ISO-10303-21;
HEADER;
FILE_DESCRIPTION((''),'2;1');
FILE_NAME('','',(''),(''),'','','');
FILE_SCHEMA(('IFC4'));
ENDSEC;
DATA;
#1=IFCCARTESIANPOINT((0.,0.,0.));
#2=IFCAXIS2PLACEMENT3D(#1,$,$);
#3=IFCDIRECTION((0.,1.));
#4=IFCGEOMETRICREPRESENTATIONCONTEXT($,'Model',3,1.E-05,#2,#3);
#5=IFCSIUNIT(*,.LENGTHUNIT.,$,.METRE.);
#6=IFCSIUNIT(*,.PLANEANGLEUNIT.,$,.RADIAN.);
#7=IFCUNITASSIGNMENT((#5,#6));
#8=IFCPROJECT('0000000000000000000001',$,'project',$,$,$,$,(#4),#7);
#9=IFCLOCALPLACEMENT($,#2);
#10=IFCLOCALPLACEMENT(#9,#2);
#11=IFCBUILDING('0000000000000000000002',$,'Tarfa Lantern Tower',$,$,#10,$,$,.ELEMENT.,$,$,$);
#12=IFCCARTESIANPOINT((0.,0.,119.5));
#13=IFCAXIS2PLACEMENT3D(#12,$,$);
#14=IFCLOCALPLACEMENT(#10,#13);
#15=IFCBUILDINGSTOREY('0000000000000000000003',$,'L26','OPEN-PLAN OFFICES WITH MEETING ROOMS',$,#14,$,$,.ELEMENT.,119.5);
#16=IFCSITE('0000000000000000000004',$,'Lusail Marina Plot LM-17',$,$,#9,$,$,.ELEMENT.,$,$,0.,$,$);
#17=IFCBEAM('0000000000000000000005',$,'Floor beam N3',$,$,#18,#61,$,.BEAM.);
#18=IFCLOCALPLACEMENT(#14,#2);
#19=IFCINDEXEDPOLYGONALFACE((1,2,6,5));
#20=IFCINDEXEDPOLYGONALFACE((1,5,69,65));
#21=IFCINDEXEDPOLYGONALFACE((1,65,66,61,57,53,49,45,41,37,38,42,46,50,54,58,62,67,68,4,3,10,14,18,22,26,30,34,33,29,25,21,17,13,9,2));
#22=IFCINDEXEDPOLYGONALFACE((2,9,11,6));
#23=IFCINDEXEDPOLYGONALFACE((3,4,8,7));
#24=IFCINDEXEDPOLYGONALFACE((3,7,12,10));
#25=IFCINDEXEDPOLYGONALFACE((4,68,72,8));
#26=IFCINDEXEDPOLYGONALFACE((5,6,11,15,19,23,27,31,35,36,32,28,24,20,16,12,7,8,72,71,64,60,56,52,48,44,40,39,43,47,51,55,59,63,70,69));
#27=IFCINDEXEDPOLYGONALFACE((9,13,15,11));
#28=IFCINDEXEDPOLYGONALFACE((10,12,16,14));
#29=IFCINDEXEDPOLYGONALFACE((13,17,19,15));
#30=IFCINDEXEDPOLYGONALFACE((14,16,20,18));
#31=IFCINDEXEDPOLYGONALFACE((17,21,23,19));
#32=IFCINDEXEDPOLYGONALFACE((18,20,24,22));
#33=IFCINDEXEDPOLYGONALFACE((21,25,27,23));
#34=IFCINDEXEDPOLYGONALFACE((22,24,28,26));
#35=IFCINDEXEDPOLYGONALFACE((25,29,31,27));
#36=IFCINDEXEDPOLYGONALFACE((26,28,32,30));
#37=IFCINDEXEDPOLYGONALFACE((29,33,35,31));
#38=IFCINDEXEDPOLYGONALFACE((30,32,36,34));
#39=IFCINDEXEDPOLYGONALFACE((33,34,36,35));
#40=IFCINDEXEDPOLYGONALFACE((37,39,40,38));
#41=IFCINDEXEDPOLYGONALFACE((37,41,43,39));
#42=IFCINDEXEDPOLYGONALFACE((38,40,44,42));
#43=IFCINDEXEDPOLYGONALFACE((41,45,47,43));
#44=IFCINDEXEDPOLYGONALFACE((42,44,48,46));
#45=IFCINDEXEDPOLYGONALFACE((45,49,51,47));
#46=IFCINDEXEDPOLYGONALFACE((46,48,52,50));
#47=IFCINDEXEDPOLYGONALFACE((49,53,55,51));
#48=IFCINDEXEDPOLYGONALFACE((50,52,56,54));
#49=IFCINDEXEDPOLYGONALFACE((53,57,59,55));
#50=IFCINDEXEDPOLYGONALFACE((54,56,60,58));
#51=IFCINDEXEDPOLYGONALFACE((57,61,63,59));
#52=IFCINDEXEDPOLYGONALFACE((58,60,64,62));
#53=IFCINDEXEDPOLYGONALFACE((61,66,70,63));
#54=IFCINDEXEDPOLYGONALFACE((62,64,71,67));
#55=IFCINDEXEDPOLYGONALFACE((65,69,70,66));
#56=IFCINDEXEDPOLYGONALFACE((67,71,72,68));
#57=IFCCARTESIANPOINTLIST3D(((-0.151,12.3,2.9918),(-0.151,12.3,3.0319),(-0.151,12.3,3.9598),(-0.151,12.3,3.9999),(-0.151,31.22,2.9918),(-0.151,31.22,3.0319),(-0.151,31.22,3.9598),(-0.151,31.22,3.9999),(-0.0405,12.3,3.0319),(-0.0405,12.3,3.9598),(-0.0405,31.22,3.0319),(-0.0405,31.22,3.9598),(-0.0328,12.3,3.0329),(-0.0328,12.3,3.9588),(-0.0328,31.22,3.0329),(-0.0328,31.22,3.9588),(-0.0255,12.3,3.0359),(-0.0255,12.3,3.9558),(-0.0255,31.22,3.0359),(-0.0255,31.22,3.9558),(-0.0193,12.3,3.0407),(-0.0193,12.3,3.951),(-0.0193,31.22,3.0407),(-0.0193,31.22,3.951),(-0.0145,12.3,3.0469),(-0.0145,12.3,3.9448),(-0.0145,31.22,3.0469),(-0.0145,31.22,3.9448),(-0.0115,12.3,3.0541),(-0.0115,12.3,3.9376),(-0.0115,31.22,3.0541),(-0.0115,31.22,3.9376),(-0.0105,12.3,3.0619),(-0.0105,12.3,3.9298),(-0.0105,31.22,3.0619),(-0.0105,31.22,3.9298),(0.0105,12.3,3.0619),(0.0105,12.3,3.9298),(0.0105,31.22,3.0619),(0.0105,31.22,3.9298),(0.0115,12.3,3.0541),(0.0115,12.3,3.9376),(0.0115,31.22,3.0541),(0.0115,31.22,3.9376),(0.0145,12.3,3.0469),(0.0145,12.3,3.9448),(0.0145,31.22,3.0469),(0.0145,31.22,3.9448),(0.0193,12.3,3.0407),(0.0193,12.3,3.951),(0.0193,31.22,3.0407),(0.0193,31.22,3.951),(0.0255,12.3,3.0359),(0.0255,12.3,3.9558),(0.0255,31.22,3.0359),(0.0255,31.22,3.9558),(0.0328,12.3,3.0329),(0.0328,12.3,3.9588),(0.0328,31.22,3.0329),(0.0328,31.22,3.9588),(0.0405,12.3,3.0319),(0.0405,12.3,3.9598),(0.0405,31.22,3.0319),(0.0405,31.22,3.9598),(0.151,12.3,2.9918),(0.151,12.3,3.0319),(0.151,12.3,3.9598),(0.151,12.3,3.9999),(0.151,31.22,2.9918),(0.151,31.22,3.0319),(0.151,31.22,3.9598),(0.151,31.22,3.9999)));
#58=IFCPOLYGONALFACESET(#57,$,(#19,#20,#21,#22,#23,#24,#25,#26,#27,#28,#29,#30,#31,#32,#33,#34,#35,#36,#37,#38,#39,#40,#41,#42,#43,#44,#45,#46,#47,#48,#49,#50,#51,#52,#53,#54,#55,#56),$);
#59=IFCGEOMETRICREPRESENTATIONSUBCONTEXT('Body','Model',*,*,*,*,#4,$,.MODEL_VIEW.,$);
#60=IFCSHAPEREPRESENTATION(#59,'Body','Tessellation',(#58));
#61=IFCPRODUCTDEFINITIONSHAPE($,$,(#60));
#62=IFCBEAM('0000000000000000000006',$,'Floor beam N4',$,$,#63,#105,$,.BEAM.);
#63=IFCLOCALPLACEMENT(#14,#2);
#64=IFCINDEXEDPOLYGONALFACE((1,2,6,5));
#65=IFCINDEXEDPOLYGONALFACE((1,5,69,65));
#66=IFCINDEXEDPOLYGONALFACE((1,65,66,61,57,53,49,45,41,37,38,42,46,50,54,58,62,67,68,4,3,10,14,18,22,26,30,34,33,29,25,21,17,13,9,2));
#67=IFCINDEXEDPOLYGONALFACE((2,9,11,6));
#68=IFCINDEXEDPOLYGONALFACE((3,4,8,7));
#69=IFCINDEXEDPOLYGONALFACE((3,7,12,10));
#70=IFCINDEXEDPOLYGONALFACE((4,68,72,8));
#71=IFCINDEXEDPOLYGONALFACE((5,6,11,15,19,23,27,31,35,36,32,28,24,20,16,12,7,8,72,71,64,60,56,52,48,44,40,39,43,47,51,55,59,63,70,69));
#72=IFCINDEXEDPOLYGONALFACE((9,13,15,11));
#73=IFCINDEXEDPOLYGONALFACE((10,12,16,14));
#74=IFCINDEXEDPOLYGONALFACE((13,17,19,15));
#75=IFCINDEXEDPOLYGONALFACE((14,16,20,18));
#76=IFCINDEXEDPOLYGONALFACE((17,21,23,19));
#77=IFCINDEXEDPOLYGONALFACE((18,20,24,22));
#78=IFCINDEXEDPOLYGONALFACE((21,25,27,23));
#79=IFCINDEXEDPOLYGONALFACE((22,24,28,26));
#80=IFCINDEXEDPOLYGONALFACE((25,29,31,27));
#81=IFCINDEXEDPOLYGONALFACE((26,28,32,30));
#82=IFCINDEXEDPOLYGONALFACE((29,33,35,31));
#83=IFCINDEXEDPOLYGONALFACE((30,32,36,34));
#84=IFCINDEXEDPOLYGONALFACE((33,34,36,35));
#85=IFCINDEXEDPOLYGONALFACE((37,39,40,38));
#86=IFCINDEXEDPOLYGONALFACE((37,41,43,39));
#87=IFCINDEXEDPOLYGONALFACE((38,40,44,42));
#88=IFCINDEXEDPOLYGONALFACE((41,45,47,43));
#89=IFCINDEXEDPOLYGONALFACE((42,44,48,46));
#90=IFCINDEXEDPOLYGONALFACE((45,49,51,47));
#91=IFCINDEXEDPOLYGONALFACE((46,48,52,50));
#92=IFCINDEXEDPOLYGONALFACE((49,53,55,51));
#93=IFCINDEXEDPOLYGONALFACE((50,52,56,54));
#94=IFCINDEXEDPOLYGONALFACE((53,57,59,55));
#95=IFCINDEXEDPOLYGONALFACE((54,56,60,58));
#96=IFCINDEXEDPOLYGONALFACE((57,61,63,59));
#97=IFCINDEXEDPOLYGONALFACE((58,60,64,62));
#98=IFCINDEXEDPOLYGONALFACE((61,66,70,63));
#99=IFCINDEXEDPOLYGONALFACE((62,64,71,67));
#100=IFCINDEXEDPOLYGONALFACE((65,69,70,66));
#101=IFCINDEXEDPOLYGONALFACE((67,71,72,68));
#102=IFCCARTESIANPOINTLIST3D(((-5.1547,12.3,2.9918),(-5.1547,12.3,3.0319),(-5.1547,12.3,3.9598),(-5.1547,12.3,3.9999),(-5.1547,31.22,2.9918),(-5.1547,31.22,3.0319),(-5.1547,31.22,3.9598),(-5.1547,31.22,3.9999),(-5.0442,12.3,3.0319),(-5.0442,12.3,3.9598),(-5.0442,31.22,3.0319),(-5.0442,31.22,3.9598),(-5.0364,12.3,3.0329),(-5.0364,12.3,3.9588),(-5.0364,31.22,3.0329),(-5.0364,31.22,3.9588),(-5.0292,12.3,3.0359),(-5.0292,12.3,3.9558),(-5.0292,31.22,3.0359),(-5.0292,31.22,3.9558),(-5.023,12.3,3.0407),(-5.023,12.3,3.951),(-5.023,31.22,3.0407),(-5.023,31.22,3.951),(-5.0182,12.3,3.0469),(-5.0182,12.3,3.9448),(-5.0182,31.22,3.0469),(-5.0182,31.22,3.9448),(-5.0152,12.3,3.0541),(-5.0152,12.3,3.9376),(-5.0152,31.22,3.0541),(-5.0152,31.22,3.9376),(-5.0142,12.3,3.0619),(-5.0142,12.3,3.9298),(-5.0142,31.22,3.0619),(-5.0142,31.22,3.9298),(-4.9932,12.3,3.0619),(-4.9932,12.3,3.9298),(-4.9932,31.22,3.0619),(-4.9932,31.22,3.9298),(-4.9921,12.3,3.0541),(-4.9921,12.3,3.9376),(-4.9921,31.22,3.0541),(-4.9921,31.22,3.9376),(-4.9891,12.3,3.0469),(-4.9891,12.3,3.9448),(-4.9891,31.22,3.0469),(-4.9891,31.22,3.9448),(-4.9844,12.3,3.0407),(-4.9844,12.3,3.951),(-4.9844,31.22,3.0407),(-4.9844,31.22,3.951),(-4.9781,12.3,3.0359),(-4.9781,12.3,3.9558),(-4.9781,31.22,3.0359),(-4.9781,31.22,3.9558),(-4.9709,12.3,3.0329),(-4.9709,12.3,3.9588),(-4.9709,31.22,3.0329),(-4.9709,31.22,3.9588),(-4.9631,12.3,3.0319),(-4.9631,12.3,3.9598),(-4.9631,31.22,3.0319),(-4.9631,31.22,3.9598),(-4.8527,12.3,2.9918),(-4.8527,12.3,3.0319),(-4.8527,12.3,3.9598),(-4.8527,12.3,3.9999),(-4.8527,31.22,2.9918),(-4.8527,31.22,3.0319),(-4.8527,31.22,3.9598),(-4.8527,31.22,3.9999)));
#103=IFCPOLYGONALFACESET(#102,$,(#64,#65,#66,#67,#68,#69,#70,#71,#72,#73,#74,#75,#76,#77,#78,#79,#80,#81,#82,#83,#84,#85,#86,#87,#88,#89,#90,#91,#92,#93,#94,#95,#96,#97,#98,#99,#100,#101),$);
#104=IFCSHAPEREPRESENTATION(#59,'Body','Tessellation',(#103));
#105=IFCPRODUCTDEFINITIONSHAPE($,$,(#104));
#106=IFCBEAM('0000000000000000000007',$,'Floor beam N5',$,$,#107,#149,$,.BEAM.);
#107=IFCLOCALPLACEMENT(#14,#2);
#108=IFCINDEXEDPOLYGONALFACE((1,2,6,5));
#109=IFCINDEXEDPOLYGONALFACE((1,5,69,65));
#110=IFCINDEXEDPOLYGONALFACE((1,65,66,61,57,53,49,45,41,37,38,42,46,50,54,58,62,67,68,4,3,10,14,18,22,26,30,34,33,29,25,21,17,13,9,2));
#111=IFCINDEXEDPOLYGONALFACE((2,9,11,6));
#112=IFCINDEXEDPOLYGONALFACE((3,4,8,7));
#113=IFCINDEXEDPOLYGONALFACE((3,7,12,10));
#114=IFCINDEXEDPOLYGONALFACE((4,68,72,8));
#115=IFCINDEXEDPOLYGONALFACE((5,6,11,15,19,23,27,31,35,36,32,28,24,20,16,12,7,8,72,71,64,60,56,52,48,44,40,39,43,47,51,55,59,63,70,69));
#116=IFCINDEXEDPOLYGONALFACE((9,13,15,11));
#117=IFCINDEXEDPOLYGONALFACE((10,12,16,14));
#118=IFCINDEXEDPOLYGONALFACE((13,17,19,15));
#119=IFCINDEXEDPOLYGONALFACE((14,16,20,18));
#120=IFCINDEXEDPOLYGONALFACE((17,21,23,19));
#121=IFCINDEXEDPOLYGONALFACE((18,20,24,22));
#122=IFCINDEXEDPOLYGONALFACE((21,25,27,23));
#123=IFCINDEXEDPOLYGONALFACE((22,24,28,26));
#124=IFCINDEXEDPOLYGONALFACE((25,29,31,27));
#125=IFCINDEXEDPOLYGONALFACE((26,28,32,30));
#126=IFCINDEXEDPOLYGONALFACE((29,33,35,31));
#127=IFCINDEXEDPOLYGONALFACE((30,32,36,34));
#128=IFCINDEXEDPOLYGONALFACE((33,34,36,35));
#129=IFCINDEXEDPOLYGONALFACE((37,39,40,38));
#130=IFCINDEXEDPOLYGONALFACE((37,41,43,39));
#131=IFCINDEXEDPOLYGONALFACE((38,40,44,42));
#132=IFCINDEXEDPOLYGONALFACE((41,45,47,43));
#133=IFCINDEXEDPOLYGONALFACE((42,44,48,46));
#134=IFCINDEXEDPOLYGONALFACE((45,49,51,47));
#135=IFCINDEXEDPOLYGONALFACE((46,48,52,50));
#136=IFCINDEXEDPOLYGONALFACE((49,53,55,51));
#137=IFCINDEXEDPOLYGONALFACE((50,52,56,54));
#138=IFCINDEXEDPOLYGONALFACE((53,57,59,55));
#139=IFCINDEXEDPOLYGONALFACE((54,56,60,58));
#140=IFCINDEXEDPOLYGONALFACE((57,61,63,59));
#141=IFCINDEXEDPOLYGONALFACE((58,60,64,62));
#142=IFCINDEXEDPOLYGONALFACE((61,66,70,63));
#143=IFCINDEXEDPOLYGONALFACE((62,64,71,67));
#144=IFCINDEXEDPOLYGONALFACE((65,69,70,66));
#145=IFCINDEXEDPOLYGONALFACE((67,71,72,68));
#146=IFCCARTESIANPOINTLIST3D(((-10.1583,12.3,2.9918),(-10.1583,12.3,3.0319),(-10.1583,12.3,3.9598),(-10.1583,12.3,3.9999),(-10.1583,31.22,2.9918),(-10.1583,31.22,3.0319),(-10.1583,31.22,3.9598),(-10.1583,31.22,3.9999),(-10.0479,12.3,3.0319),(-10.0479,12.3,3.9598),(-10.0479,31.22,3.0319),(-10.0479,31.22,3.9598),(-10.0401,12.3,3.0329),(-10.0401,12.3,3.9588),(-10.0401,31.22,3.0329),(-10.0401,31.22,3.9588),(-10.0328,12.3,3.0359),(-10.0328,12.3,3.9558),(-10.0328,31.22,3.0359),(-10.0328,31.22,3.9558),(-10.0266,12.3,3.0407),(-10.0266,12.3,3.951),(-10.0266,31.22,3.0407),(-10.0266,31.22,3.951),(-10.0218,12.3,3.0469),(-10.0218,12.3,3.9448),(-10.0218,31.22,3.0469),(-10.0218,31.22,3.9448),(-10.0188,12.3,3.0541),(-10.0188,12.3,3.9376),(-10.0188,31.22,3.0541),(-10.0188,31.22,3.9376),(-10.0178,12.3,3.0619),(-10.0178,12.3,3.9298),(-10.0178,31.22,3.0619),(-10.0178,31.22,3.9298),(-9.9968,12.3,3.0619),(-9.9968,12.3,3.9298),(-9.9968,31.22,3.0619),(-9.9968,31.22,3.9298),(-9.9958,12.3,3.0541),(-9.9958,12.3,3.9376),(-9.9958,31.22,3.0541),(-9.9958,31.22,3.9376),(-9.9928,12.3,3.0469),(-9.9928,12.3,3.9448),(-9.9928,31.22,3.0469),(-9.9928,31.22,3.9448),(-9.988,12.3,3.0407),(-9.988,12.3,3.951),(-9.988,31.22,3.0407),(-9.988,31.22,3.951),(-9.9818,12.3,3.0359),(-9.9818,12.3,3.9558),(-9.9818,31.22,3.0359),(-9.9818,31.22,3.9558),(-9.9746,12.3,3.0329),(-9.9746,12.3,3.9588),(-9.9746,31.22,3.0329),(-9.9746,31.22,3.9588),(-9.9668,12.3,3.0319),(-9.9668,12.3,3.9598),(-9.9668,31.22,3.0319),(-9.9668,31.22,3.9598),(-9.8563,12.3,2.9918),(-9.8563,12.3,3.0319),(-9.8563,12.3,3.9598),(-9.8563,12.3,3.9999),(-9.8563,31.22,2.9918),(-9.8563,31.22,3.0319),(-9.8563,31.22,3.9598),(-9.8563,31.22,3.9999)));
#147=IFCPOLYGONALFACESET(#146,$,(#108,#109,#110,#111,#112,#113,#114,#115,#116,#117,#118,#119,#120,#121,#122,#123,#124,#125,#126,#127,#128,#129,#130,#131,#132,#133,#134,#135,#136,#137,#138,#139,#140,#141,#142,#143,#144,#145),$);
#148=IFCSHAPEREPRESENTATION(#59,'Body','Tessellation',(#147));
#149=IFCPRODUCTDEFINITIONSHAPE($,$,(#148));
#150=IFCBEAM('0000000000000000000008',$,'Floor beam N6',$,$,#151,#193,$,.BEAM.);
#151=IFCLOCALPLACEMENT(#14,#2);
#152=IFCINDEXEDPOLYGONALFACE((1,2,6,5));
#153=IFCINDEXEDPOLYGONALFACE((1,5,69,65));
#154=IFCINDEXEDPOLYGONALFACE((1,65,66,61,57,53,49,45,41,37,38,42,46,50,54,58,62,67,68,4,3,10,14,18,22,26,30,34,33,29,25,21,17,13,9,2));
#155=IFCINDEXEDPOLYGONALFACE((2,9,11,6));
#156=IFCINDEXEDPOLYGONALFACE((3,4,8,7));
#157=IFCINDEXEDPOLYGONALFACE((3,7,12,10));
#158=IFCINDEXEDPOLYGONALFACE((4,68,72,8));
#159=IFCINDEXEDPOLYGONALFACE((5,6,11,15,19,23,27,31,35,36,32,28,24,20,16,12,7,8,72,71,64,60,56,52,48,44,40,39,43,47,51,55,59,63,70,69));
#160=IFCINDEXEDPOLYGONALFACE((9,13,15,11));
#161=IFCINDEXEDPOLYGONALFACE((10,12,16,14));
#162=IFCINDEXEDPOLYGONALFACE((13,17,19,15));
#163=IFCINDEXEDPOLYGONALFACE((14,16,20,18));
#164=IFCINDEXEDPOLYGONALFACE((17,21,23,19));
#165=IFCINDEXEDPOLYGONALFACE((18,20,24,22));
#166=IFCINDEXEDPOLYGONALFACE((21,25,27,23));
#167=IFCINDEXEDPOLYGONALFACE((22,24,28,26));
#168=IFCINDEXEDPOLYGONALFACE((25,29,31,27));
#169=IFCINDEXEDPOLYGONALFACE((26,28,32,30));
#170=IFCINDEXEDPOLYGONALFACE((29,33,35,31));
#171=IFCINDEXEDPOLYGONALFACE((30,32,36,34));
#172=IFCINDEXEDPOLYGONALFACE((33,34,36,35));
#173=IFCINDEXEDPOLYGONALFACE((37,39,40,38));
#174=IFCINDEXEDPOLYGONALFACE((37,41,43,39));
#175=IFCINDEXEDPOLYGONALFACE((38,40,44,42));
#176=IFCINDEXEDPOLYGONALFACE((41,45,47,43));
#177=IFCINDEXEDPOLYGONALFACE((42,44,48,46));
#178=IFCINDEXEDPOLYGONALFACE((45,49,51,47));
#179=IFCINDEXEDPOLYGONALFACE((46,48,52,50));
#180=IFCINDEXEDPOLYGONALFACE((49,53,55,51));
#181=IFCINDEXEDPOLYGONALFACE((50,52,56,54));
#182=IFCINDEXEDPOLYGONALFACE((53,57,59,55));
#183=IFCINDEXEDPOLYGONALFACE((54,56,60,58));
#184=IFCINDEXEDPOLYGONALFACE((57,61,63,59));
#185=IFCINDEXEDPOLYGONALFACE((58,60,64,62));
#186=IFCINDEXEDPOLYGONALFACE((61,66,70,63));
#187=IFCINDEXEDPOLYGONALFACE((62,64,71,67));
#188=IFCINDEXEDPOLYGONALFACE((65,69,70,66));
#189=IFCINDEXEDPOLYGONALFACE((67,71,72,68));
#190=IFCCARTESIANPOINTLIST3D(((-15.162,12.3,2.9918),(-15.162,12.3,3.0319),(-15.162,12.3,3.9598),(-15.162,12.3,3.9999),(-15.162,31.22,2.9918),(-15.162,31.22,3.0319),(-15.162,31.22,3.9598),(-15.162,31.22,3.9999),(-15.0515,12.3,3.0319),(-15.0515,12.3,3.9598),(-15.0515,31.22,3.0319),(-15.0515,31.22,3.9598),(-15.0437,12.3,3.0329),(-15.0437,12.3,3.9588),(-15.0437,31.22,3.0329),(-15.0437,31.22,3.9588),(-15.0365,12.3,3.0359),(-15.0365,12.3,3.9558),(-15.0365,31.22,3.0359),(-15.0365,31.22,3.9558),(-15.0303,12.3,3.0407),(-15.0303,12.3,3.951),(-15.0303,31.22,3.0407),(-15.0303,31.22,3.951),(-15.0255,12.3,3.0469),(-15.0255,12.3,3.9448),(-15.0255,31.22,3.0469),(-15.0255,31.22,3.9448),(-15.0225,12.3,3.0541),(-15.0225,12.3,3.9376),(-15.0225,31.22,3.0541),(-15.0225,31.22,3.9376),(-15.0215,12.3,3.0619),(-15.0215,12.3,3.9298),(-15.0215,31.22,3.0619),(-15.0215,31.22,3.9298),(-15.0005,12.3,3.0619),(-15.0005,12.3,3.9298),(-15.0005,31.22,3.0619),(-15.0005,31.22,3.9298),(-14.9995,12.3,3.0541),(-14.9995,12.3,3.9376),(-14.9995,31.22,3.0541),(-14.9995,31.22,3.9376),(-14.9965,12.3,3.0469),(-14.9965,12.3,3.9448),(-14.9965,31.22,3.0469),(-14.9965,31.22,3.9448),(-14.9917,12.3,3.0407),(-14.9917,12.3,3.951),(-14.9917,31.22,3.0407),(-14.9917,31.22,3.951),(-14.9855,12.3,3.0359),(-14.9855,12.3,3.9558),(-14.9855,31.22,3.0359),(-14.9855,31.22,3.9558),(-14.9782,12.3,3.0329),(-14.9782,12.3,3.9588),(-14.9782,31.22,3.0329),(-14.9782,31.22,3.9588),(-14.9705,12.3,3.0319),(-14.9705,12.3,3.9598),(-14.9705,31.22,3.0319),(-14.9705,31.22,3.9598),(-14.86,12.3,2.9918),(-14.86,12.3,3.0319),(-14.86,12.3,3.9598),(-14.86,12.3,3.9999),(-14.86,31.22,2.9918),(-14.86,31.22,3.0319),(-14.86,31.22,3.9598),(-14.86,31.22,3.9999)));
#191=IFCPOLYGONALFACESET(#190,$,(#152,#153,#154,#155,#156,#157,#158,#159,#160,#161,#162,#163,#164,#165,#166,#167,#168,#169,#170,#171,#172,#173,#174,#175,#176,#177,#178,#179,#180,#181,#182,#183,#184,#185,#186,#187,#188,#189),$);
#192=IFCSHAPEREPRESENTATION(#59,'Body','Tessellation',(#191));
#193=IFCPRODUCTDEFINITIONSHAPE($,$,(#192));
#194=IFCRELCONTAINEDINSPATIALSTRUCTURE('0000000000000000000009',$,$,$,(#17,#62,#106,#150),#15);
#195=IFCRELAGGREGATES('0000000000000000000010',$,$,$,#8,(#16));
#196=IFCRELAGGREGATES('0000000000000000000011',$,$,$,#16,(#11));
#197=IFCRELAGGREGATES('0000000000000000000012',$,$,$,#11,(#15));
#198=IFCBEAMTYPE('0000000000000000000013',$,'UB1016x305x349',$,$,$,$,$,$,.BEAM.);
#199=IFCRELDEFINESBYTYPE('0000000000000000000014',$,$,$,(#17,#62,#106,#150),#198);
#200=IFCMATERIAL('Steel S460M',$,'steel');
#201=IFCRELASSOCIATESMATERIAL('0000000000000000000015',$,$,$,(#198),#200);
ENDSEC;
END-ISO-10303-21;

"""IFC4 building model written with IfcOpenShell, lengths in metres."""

from ifc_helpers import new_model, si_unit, direction, frame, origin, origin_2d, place, context, subcontext, project, spatial, i_section, extrude, material, material_profile, profile_set, type_object, element, save


model = new_model("IFC4")

# Units and contexts
model_context = context("Model", 3, precision=1e-05, world=origin(), true_north=direction((0.0, 1.0)))
body_context = subcontext(model_context, "Body", "Model", "MODEL_VIEW")
ifc_project = project(units=[si_unit("LENGTHUNIT", "METRE"), si_unit("PLANEANGLEUNIT", "RADIAN")], contexts=[model_context])

# Site, building, storey
site_placement = place(None, origin())
site = spatial("IfcSite", under=ifc_project, at=site_placement, Name="Lusail Marina Plot LM-17", CompositionType="ELEMENT", RefElevation=0.0)
building_placement = place(site_placement, origin())
building = spatial("IfcBuilding", under=site, at=building_placement, Name="Tarfa Lantern Tower", CompositionType="ELEMENT")
storey_placement = place(building_placement, frame((0.0, 0.0, 119.5)))
storey = spatial("IfcBuildingStorey", under=building, at=storey_placement, Name="L26", Description="OPEN-PLAN OFFICES WITH MEETING ROOMS", CompositionType="ELEMENT", Elevation=119.5)

# Beams
ifc_material_1 = material(Name="Steel S460M", Category="steel")
ifc_material_profile_1 = material_profile(ifc_material_1, i_section(OverallWidth=0.302, OverallDepth=1.0081, WebThickness=0.021, FlangeThickness=0.04, FilletRadius=0.03, at=origin_2d()), Name="UB1016x305x349")
ifc_profile_set_1 = profile_set([ifc_material_profile_1], Name="Steel S460M")
beam_type_1 = type_object("IfcBeamType", Name="UB1016x305x349", PredefinedType="BEAM", material=ifc_profile_set_1)
for number, where, z_axis, x_axis, name in (
    (1, (0.0, 31.22, 3.4958), (0.0, -1.0, 0.0), (1.0, 0.0, 0.0), "Floor beam N3"),
    (2, (-5.0037, 31.22, 3.4958), (0.0, -1.0, 0.0), (1.0, 0.0, 0.0), "Floor beam N4"),
    (3, (-10.0073, 31.22, 3.4958), (0.0, -1.0, 0.0), (1.0, 0.0, 0.0), "Floor beam N5"),
    (4, (-15.011, 31.22, 3.4958), (0.0, -1.0, 0.0), (1.0, 0.0, 0.0), "Floor beam N6"),
):
    element("IfcBeam", number, at=place(storey_placement, frame(where, z_axis=z_axis, x_axis=x_axis)), inside=storey, type_object=beam_type_1, Name=name, PredefinedType="BEAM", context=body_context, shape_type="SweptSolid", body=[
        extrude(i_section(OverallWidth=0.302, OverallDepth=1.0081, WebThickness=0.021, FlangeThickness=0.04, FilletRadius=0.03, at=origin_2d()), origin(), (0.0, 0.0, 1.0), 18.9199),
    ])

save(model, "model.ifc")
